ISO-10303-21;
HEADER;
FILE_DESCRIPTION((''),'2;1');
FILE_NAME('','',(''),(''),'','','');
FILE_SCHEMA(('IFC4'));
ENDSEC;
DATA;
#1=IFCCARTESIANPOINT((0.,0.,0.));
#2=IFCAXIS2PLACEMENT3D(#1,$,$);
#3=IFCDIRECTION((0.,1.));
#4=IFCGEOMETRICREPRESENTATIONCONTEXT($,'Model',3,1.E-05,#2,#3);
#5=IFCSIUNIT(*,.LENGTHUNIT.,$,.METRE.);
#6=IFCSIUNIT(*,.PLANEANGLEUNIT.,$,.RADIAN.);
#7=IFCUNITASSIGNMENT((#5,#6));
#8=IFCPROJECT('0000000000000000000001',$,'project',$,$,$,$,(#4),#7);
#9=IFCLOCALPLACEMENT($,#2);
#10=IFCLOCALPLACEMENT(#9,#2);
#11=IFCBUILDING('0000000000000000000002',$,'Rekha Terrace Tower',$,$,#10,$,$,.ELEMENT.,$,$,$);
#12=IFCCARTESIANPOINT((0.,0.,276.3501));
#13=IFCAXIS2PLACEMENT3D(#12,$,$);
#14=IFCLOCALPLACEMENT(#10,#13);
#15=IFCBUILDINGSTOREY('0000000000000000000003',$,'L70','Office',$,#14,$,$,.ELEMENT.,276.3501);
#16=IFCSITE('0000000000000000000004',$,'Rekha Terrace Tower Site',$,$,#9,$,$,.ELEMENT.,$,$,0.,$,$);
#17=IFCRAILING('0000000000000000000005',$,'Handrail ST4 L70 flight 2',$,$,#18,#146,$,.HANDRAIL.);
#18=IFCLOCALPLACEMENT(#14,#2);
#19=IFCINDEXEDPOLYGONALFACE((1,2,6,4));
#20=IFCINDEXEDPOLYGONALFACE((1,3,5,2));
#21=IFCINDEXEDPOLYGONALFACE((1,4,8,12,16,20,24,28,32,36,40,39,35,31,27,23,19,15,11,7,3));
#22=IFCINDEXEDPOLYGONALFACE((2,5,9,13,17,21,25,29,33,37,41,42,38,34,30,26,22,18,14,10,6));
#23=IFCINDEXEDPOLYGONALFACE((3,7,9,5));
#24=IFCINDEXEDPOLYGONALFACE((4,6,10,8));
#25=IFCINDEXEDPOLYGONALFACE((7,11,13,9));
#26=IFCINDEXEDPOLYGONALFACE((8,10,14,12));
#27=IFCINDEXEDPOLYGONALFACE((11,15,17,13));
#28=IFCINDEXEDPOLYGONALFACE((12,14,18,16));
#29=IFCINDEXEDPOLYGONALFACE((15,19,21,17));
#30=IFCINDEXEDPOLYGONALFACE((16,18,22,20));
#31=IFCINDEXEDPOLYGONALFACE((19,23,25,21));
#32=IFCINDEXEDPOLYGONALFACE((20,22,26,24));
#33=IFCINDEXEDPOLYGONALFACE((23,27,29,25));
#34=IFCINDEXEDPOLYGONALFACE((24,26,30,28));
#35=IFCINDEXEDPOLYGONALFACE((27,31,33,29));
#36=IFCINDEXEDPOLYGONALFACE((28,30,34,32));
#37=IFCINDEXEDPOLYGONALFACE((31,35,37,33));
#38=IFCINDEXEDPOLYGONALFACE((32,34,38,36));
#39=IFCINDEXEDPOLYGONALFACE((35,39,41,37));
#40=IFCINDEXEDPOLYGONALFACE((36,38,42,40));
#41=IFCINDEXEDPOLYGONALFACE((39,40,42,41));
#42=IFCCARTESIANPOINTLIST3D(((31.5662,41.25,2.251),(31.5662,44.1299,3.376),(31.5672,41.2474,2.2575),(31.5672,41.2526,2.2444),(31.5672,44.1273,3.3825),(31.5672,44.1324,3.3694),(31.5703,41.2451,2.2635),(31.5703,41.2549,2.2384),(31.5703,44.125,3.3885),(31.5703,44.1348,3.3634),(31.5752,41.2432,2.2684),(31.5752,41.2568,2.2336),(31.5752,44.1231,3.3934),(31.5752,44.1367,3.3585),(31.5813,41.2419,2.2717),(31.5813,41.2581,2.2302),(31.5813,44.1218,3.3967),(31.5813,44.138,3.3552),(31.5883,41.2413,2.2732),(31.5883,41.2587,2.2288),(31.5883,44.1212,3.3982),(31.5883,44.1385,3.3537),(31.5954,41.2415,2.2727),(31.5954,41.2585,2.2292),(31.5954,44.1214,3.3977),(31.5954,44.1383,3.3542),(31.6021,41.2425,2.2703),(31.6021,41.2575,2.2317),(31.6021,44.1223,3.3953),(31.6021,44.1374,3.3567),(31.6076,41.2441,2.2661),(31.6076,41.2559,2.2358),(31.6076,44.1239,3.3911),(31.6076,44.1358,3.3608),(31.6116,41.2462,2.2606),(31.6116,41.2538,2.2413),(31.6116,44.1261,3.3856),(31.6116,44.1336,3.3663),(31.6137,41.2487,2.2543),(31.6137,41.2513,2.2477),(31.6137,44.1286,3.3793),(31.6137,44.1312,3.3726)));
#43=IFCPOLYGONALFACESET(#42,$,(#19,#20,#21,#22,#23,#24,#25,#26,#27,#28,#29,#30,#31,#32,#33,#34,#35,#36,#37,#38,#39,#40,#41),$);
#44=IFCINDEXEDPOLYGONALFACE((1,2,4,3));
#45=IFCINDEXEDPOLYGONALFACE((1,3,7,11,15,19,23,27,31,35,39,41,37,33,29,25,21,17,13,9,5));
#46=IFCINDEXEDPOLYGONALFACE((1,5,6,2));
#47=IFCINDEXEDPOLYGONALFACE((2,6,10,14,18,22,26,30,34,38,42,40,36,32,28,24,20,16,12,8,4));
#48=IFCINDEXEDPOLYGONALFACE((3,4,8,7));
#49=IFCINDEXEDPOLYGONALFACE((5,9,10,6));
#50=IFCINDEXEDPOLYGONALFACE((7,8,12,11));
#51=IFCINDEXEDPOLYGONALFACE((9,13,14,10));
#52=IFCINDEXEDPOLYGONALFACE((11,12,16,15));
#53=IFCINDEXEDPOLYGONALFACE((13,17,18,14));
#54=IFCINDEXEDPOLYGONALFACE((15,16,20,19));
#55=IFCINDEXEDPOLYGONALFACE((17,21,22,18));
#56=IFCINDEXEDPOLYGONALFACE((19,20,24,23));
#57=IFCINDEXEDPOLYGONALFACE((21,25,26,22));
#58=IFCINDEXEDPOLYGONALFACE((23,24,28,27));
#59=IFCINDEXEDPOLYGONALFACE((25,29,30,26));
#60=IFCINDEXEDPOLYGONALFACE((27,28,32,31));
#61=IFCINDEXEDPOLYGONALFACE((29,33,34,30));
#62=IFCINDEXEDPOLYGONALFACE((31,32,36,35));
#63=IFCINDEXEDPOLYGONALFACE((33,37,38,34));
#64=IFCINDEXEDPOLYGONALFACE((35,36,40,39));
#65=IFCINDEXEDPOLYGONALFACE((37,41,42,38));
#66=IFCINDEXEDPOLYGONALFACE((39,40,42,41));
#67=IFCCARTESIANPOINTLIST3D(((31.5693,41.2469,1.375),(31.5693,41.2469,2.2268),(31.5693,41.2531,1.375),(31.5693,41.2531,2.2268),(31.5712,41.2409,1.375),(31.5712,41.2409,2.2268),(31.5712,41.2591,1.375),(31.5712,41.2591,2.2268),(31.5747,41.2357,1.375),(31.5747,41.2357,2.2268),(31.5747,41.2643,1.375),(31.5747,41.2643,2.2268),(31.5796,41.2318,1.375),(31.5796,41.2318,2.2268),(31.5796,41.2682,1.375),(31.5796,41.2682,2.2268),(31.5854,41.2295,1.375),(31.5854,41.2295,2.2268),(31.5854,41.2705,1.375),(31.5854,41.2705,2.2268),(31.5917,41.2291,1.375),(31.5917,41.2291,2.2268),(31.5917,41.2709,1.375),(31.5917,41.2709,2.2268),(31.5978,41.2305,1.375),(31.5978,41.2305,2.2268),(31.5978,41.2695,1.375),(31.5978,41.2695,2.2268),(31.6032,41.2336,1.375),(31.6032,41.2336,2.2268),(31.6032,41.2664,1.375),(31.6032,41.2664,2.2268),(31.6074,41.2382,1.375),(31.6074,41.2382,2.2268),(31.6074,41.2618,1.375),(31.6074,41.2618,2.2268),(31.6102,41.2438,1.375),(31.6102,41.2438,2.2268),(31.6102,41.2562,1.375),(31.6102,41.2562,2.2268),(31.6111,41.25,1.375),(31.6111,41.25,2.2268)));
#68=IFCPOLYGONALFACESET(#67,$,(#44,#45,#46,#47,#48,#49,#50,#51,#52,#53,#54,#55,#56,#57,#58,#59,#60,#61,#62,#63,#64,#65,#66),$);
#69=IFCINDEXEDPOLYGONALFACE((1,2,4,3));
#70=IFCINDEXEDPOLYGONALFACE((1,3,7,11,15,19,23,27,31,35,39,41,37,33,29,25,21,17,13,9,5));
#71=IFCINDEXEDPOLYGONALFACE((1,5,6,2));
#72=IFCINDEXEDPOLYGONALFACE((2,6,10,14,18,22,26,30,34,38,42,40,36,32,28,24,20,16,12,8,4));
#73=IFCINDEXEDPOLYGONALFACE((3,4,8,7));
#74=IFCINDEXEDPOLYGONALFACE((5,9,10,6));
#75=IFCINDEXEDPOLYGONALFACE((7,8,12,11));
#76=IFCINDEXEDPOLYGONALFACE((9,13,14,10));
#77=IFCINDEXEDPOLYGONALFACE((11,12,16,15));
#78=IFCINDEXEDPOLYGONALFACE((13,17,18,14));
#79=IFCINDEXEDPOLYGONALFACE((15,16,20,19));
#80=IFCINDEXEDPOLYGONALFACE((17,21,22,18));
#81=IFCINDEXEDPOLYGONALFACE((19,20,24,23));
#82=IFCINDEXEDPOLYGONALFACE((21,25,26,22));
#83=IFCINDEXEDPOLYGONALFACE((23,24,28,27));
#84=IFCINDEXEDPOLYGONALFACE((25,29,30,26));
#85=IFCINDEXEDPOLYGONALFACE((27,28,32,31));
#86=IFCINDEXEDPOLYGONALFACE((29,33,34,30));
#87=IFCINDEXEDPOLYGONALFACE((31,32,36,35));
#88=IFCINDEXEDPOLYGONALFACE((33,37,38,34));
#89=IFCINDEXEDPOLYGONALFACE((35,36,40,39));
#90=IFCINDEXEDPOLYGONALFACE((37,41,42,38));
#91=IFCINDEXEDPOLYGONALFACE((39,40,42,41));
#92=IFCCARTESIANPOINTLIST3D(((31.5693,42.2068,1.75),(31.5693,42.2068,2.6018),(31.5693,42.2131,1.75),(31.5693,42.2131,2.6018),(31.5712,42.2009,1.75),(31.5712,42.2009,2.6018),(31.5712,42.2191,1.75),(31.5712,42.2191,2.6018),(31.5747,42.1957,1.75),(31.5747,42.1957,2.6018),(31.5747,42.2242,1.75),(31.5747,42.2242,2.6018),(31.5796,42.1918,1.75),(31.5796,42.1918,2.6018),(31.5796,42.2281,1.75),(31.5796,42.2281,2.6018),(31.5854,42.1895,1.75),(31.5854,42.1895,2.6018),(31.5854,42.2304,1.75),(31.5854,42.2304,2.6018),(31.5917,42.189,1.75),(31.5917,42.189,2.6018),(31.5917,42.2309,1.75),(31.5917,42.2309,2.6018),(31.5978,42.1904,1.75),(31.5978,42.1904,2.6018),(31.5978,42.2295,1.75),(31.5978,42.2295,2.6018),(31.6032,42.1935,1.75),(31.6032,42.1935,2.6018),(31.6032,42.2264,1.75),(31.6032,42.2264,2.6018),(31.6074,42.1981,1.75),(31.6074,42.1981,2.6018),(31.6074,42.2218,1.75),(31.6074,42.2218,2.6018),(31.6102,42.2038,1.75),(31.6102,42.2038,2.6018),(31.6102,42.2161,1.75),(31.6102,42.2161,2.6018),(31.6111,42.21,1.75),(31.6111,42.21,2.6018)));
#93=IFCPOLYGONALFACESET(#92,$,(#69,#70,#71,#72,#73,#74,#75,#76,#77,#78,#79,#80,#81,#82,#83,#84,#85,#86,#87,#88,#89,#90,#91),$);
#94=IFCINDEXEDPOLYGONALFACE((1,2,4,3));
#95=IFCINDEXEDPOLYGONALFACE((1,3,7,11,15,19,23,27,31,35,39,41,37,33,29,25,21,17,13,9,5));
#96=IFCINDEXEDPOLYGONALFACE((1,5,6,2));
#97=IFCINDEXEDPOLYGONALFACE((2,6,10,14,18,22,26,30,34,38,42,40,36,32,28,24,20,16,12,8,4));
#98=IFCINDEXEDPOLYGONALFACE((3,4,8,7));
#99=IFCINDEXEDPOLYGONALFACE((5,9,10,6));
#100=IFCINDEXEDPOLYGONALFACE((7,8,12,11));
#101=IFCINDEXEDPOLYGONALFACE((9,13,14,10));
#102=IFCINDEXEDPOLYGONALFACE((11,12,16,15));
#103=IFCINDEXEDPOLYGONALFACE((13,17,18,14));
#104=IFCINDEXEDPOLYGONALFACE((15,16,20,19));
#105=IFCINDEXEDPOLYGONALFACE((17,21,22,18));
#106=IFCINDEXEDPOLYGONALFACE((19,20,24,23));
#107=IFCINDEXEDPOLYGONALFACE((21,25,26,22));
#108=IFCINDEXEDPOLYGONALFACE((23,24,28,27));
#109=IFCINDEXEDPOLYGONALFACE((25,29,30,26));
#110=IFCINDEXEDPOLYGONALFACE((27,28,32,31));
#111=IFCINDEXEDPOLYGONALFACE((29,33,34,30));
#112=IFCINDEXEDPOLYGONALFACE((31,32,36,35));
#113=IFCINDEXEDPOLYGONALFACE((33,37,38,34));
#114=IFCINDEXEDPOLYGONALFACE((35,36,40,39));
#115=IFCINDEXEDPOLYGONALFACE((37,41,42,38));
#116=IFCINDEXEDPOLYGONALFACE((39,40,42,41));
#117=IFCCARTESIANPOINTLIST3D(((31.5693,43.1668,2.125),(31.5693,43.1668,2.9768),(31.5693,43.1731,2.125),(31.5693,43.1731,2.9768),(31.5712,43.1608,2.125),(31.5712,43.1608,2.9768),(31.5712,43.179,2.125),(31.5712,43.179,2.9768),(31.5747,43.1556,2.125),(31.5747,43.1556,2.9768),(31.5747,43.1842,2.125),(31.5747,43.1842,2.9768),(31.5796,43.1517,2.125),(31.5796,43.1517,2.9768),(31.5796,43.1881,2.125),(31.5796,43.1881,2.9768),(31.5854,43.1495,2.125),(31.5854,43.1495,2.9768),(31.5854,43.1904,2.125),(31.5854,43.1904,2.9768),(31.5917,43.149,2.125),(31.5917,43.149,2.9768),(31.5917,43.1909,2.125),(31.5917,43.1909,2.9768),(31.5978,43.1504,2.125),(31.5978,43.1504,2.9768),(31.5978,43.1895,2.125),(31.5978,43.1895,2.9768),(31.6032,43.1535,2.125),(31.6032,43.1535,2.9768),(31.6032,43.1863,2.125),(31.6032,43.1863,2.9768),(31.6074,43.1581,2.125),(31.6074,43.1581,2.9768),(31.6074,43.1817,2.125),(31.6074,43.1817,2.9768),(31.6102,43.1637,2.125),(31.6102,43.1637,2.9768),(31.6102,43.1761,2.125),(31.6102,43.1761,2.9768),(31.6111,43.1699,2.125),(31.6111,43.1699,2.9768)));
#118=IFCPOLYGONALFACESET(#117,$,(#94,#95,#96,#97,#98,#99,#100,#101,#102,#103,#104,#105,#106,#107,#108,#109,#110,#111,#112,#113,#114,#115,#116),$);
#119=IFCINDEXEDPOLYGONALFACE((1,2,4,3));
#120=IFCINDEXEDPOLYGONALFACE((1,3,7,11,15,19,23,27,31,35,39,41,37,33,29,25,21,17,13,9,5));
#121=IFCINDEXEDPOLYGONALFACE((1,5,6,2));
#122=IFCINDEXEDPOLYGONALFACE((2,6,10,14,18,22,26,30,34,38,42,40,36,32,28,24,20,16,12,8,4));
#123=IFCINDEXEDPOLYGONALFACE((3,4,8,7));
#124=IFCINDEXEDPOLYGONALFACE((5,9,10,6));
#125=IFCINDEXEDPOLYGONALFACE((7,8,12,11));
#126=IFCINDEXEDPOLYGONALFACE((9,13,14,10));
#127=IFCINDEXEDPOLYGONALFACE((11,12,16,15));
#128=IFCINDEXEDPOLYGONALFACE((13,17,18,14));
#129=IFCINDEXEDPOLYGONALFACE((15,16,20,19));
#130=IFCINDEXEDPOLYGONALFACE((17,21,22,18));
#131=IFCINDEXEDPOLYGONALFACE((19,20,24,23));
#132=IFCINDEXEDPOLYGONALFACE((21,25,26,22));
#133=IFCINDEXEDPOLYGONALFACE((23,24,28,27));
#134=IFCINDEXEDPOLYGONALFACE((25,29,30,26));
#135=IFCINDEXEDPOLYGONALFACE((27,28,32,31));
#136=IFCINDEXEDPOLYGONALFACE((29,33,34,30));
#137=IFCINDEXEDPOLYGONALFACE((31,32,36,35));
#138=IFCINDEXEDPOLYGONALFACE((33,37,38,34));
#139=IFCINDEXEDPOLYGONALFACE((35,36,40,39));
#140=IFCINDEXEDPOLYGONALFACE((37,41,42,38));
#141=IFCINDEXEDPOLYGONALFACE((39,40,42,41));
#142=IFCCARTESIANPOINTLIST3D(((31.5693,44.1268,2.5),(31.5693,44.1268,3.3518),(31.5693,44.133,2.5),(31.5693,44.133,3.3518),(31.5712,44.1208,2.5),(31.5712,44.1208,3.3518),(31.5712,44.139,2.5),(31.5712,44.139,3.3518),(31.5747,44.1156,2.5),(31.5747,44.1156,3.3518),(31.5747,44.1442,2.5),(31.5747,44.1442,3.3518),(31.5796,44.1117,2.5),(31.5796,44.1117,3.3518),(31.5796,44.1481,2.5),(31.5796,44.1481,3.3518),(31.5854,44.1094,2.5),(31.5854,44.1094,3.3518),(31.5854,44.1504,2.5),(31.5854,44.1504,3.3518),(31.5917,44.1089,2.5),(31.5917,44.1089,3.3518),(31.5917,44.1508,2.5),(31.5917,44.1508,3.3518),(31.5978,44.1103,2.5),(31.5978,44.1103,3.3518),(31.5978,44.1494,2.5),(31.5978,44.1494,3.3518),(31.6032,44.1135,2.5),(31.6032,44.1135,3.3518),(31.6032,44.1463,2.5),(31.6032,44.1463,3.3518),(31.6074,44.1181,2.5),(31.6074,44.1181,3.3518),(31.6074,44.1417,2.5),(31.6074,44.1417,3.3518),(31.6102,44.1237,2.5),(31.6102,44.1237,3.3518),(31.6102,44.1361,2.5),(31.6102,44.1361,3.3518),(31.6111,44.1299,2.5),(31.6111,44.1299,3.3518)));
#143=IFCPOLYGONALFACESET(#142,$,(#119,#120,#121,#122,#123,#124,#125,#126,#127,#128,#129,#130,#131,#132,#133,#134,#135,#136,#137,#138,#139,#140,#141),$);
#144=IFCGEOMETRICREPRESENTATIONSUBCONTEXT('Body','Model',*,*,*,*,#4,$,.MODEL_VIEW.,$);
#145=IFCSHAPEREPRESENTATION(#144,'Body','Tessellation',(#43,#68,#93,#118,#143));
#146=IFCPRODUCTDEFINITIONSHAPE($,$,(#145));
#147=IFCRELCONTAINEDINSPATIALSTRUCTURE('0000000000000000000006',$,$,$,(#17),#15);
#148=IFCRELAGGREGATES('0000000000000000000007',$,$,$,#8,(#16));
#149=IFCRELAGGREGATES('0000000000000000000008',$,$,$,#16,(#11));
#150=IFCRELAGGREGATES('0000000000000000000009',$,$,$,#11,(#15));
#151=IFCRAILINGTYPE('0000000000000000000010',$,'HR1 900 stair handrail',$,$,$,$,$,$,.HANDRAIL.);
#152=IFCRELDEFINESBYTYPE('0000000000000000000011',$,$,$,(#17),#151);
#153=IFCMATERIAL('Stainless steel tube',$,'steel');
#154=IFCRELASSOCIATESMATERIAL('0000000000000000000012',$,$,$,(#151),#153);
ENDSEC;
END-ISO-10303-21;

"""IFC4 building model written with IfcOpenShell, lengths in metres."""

from ifc_helpers import new_model, si_unit, direction, frame, origin, origin_2d, place, context, subcontext, project, spatial, circle, extrude, material, type_object, element, save


model = new_model("IFC4")

# Units and contexts
model_context = context("Model", 3, precision=1e-05, world=origin(), true_north=direction((0.0, 1.0)))
body_context = subcontext(model_context, "Body", "Model", "MODEL_VIEW")
ifc_project = project(units=[si_unit("LENGTHUNIT", "METRE"), si_unit("PLANEANGLEUNIT", "RADIAN")], contexts=[model_context])

# Site, building, storey
site_placement = place(None, origin())
site = spatial("IfcSite", under=ifc_project, at=site_placement, Name="Rekha Terrace Tower Site", CompositionType="ELEMENT", RefElevation=0.0)
building_placement = place(site_placement, origin())
building = spatial("IfcBuilding", under=site, at=building_placement, Name="Rekha Terrace Tower", CompositionType="ELEMENT")
storey_placement = place(building_placement, frame((0.0, 0.0, 276.3501)))
storey = spatial("IfcBuildingStorey", under=building, at=storey_placement, Name="L70", Description="Office", CompositionType="ELEMENT", Elevation=276.3501)

# Railing
ifc_material_1 = material(Name="Stainless steel tube", Category="steel")
railing_type_1 = type_object("IfcRailingType", Name="HR1 900 stair handrail", PredefinedType="HANDRAIL", material=ifc_material_1)
for number, where, name in (
    (1, (31.5901, 41.25, 1.375), "Handrail ST4 L70 flight 2"),
):
    element("IfcRailing", number, at=place(storey_placement, frame(where)), inside=storey, type_object=railing_type_1, Name=name, PredefinedType="HANDRAIL", context=body_context, shape_type="SweptSolid", body=[
        extrude(circle(Radius=0.0239, at=origin_2d()), frame((0.0, 0.0, 0.876), z_axis=(0.0, 0.931452, 0.363863), x_axis=(-1.0, 0.0, 0.0)), (0.0, 0.0, 1.0), 3.0918),
        extrude(circle(Radius=0.021, at=origin_2d()), origin(), (0.0, 0.0, 1.0), 0.8518),
        extrude(circle(Radius=0.021, at=origin_2d()), frame((0.0, 0.96, 0.375)), (0.0, 0.0, 1.0), 0.8518),
        extrude(circle(Radius=0.021, at=origin_2d()), frame((0.0, 1.9199, 0.75)), (0.0, 0.0, 1.0), 0.8518),
        extrude(circle(Radius=0.021, at=origin_2d()), frame((0.0, 2.8799, 1.125)), (0.0, 0.0, 1.0), 0.8518),
    ])

save(model, "model.ifc")
